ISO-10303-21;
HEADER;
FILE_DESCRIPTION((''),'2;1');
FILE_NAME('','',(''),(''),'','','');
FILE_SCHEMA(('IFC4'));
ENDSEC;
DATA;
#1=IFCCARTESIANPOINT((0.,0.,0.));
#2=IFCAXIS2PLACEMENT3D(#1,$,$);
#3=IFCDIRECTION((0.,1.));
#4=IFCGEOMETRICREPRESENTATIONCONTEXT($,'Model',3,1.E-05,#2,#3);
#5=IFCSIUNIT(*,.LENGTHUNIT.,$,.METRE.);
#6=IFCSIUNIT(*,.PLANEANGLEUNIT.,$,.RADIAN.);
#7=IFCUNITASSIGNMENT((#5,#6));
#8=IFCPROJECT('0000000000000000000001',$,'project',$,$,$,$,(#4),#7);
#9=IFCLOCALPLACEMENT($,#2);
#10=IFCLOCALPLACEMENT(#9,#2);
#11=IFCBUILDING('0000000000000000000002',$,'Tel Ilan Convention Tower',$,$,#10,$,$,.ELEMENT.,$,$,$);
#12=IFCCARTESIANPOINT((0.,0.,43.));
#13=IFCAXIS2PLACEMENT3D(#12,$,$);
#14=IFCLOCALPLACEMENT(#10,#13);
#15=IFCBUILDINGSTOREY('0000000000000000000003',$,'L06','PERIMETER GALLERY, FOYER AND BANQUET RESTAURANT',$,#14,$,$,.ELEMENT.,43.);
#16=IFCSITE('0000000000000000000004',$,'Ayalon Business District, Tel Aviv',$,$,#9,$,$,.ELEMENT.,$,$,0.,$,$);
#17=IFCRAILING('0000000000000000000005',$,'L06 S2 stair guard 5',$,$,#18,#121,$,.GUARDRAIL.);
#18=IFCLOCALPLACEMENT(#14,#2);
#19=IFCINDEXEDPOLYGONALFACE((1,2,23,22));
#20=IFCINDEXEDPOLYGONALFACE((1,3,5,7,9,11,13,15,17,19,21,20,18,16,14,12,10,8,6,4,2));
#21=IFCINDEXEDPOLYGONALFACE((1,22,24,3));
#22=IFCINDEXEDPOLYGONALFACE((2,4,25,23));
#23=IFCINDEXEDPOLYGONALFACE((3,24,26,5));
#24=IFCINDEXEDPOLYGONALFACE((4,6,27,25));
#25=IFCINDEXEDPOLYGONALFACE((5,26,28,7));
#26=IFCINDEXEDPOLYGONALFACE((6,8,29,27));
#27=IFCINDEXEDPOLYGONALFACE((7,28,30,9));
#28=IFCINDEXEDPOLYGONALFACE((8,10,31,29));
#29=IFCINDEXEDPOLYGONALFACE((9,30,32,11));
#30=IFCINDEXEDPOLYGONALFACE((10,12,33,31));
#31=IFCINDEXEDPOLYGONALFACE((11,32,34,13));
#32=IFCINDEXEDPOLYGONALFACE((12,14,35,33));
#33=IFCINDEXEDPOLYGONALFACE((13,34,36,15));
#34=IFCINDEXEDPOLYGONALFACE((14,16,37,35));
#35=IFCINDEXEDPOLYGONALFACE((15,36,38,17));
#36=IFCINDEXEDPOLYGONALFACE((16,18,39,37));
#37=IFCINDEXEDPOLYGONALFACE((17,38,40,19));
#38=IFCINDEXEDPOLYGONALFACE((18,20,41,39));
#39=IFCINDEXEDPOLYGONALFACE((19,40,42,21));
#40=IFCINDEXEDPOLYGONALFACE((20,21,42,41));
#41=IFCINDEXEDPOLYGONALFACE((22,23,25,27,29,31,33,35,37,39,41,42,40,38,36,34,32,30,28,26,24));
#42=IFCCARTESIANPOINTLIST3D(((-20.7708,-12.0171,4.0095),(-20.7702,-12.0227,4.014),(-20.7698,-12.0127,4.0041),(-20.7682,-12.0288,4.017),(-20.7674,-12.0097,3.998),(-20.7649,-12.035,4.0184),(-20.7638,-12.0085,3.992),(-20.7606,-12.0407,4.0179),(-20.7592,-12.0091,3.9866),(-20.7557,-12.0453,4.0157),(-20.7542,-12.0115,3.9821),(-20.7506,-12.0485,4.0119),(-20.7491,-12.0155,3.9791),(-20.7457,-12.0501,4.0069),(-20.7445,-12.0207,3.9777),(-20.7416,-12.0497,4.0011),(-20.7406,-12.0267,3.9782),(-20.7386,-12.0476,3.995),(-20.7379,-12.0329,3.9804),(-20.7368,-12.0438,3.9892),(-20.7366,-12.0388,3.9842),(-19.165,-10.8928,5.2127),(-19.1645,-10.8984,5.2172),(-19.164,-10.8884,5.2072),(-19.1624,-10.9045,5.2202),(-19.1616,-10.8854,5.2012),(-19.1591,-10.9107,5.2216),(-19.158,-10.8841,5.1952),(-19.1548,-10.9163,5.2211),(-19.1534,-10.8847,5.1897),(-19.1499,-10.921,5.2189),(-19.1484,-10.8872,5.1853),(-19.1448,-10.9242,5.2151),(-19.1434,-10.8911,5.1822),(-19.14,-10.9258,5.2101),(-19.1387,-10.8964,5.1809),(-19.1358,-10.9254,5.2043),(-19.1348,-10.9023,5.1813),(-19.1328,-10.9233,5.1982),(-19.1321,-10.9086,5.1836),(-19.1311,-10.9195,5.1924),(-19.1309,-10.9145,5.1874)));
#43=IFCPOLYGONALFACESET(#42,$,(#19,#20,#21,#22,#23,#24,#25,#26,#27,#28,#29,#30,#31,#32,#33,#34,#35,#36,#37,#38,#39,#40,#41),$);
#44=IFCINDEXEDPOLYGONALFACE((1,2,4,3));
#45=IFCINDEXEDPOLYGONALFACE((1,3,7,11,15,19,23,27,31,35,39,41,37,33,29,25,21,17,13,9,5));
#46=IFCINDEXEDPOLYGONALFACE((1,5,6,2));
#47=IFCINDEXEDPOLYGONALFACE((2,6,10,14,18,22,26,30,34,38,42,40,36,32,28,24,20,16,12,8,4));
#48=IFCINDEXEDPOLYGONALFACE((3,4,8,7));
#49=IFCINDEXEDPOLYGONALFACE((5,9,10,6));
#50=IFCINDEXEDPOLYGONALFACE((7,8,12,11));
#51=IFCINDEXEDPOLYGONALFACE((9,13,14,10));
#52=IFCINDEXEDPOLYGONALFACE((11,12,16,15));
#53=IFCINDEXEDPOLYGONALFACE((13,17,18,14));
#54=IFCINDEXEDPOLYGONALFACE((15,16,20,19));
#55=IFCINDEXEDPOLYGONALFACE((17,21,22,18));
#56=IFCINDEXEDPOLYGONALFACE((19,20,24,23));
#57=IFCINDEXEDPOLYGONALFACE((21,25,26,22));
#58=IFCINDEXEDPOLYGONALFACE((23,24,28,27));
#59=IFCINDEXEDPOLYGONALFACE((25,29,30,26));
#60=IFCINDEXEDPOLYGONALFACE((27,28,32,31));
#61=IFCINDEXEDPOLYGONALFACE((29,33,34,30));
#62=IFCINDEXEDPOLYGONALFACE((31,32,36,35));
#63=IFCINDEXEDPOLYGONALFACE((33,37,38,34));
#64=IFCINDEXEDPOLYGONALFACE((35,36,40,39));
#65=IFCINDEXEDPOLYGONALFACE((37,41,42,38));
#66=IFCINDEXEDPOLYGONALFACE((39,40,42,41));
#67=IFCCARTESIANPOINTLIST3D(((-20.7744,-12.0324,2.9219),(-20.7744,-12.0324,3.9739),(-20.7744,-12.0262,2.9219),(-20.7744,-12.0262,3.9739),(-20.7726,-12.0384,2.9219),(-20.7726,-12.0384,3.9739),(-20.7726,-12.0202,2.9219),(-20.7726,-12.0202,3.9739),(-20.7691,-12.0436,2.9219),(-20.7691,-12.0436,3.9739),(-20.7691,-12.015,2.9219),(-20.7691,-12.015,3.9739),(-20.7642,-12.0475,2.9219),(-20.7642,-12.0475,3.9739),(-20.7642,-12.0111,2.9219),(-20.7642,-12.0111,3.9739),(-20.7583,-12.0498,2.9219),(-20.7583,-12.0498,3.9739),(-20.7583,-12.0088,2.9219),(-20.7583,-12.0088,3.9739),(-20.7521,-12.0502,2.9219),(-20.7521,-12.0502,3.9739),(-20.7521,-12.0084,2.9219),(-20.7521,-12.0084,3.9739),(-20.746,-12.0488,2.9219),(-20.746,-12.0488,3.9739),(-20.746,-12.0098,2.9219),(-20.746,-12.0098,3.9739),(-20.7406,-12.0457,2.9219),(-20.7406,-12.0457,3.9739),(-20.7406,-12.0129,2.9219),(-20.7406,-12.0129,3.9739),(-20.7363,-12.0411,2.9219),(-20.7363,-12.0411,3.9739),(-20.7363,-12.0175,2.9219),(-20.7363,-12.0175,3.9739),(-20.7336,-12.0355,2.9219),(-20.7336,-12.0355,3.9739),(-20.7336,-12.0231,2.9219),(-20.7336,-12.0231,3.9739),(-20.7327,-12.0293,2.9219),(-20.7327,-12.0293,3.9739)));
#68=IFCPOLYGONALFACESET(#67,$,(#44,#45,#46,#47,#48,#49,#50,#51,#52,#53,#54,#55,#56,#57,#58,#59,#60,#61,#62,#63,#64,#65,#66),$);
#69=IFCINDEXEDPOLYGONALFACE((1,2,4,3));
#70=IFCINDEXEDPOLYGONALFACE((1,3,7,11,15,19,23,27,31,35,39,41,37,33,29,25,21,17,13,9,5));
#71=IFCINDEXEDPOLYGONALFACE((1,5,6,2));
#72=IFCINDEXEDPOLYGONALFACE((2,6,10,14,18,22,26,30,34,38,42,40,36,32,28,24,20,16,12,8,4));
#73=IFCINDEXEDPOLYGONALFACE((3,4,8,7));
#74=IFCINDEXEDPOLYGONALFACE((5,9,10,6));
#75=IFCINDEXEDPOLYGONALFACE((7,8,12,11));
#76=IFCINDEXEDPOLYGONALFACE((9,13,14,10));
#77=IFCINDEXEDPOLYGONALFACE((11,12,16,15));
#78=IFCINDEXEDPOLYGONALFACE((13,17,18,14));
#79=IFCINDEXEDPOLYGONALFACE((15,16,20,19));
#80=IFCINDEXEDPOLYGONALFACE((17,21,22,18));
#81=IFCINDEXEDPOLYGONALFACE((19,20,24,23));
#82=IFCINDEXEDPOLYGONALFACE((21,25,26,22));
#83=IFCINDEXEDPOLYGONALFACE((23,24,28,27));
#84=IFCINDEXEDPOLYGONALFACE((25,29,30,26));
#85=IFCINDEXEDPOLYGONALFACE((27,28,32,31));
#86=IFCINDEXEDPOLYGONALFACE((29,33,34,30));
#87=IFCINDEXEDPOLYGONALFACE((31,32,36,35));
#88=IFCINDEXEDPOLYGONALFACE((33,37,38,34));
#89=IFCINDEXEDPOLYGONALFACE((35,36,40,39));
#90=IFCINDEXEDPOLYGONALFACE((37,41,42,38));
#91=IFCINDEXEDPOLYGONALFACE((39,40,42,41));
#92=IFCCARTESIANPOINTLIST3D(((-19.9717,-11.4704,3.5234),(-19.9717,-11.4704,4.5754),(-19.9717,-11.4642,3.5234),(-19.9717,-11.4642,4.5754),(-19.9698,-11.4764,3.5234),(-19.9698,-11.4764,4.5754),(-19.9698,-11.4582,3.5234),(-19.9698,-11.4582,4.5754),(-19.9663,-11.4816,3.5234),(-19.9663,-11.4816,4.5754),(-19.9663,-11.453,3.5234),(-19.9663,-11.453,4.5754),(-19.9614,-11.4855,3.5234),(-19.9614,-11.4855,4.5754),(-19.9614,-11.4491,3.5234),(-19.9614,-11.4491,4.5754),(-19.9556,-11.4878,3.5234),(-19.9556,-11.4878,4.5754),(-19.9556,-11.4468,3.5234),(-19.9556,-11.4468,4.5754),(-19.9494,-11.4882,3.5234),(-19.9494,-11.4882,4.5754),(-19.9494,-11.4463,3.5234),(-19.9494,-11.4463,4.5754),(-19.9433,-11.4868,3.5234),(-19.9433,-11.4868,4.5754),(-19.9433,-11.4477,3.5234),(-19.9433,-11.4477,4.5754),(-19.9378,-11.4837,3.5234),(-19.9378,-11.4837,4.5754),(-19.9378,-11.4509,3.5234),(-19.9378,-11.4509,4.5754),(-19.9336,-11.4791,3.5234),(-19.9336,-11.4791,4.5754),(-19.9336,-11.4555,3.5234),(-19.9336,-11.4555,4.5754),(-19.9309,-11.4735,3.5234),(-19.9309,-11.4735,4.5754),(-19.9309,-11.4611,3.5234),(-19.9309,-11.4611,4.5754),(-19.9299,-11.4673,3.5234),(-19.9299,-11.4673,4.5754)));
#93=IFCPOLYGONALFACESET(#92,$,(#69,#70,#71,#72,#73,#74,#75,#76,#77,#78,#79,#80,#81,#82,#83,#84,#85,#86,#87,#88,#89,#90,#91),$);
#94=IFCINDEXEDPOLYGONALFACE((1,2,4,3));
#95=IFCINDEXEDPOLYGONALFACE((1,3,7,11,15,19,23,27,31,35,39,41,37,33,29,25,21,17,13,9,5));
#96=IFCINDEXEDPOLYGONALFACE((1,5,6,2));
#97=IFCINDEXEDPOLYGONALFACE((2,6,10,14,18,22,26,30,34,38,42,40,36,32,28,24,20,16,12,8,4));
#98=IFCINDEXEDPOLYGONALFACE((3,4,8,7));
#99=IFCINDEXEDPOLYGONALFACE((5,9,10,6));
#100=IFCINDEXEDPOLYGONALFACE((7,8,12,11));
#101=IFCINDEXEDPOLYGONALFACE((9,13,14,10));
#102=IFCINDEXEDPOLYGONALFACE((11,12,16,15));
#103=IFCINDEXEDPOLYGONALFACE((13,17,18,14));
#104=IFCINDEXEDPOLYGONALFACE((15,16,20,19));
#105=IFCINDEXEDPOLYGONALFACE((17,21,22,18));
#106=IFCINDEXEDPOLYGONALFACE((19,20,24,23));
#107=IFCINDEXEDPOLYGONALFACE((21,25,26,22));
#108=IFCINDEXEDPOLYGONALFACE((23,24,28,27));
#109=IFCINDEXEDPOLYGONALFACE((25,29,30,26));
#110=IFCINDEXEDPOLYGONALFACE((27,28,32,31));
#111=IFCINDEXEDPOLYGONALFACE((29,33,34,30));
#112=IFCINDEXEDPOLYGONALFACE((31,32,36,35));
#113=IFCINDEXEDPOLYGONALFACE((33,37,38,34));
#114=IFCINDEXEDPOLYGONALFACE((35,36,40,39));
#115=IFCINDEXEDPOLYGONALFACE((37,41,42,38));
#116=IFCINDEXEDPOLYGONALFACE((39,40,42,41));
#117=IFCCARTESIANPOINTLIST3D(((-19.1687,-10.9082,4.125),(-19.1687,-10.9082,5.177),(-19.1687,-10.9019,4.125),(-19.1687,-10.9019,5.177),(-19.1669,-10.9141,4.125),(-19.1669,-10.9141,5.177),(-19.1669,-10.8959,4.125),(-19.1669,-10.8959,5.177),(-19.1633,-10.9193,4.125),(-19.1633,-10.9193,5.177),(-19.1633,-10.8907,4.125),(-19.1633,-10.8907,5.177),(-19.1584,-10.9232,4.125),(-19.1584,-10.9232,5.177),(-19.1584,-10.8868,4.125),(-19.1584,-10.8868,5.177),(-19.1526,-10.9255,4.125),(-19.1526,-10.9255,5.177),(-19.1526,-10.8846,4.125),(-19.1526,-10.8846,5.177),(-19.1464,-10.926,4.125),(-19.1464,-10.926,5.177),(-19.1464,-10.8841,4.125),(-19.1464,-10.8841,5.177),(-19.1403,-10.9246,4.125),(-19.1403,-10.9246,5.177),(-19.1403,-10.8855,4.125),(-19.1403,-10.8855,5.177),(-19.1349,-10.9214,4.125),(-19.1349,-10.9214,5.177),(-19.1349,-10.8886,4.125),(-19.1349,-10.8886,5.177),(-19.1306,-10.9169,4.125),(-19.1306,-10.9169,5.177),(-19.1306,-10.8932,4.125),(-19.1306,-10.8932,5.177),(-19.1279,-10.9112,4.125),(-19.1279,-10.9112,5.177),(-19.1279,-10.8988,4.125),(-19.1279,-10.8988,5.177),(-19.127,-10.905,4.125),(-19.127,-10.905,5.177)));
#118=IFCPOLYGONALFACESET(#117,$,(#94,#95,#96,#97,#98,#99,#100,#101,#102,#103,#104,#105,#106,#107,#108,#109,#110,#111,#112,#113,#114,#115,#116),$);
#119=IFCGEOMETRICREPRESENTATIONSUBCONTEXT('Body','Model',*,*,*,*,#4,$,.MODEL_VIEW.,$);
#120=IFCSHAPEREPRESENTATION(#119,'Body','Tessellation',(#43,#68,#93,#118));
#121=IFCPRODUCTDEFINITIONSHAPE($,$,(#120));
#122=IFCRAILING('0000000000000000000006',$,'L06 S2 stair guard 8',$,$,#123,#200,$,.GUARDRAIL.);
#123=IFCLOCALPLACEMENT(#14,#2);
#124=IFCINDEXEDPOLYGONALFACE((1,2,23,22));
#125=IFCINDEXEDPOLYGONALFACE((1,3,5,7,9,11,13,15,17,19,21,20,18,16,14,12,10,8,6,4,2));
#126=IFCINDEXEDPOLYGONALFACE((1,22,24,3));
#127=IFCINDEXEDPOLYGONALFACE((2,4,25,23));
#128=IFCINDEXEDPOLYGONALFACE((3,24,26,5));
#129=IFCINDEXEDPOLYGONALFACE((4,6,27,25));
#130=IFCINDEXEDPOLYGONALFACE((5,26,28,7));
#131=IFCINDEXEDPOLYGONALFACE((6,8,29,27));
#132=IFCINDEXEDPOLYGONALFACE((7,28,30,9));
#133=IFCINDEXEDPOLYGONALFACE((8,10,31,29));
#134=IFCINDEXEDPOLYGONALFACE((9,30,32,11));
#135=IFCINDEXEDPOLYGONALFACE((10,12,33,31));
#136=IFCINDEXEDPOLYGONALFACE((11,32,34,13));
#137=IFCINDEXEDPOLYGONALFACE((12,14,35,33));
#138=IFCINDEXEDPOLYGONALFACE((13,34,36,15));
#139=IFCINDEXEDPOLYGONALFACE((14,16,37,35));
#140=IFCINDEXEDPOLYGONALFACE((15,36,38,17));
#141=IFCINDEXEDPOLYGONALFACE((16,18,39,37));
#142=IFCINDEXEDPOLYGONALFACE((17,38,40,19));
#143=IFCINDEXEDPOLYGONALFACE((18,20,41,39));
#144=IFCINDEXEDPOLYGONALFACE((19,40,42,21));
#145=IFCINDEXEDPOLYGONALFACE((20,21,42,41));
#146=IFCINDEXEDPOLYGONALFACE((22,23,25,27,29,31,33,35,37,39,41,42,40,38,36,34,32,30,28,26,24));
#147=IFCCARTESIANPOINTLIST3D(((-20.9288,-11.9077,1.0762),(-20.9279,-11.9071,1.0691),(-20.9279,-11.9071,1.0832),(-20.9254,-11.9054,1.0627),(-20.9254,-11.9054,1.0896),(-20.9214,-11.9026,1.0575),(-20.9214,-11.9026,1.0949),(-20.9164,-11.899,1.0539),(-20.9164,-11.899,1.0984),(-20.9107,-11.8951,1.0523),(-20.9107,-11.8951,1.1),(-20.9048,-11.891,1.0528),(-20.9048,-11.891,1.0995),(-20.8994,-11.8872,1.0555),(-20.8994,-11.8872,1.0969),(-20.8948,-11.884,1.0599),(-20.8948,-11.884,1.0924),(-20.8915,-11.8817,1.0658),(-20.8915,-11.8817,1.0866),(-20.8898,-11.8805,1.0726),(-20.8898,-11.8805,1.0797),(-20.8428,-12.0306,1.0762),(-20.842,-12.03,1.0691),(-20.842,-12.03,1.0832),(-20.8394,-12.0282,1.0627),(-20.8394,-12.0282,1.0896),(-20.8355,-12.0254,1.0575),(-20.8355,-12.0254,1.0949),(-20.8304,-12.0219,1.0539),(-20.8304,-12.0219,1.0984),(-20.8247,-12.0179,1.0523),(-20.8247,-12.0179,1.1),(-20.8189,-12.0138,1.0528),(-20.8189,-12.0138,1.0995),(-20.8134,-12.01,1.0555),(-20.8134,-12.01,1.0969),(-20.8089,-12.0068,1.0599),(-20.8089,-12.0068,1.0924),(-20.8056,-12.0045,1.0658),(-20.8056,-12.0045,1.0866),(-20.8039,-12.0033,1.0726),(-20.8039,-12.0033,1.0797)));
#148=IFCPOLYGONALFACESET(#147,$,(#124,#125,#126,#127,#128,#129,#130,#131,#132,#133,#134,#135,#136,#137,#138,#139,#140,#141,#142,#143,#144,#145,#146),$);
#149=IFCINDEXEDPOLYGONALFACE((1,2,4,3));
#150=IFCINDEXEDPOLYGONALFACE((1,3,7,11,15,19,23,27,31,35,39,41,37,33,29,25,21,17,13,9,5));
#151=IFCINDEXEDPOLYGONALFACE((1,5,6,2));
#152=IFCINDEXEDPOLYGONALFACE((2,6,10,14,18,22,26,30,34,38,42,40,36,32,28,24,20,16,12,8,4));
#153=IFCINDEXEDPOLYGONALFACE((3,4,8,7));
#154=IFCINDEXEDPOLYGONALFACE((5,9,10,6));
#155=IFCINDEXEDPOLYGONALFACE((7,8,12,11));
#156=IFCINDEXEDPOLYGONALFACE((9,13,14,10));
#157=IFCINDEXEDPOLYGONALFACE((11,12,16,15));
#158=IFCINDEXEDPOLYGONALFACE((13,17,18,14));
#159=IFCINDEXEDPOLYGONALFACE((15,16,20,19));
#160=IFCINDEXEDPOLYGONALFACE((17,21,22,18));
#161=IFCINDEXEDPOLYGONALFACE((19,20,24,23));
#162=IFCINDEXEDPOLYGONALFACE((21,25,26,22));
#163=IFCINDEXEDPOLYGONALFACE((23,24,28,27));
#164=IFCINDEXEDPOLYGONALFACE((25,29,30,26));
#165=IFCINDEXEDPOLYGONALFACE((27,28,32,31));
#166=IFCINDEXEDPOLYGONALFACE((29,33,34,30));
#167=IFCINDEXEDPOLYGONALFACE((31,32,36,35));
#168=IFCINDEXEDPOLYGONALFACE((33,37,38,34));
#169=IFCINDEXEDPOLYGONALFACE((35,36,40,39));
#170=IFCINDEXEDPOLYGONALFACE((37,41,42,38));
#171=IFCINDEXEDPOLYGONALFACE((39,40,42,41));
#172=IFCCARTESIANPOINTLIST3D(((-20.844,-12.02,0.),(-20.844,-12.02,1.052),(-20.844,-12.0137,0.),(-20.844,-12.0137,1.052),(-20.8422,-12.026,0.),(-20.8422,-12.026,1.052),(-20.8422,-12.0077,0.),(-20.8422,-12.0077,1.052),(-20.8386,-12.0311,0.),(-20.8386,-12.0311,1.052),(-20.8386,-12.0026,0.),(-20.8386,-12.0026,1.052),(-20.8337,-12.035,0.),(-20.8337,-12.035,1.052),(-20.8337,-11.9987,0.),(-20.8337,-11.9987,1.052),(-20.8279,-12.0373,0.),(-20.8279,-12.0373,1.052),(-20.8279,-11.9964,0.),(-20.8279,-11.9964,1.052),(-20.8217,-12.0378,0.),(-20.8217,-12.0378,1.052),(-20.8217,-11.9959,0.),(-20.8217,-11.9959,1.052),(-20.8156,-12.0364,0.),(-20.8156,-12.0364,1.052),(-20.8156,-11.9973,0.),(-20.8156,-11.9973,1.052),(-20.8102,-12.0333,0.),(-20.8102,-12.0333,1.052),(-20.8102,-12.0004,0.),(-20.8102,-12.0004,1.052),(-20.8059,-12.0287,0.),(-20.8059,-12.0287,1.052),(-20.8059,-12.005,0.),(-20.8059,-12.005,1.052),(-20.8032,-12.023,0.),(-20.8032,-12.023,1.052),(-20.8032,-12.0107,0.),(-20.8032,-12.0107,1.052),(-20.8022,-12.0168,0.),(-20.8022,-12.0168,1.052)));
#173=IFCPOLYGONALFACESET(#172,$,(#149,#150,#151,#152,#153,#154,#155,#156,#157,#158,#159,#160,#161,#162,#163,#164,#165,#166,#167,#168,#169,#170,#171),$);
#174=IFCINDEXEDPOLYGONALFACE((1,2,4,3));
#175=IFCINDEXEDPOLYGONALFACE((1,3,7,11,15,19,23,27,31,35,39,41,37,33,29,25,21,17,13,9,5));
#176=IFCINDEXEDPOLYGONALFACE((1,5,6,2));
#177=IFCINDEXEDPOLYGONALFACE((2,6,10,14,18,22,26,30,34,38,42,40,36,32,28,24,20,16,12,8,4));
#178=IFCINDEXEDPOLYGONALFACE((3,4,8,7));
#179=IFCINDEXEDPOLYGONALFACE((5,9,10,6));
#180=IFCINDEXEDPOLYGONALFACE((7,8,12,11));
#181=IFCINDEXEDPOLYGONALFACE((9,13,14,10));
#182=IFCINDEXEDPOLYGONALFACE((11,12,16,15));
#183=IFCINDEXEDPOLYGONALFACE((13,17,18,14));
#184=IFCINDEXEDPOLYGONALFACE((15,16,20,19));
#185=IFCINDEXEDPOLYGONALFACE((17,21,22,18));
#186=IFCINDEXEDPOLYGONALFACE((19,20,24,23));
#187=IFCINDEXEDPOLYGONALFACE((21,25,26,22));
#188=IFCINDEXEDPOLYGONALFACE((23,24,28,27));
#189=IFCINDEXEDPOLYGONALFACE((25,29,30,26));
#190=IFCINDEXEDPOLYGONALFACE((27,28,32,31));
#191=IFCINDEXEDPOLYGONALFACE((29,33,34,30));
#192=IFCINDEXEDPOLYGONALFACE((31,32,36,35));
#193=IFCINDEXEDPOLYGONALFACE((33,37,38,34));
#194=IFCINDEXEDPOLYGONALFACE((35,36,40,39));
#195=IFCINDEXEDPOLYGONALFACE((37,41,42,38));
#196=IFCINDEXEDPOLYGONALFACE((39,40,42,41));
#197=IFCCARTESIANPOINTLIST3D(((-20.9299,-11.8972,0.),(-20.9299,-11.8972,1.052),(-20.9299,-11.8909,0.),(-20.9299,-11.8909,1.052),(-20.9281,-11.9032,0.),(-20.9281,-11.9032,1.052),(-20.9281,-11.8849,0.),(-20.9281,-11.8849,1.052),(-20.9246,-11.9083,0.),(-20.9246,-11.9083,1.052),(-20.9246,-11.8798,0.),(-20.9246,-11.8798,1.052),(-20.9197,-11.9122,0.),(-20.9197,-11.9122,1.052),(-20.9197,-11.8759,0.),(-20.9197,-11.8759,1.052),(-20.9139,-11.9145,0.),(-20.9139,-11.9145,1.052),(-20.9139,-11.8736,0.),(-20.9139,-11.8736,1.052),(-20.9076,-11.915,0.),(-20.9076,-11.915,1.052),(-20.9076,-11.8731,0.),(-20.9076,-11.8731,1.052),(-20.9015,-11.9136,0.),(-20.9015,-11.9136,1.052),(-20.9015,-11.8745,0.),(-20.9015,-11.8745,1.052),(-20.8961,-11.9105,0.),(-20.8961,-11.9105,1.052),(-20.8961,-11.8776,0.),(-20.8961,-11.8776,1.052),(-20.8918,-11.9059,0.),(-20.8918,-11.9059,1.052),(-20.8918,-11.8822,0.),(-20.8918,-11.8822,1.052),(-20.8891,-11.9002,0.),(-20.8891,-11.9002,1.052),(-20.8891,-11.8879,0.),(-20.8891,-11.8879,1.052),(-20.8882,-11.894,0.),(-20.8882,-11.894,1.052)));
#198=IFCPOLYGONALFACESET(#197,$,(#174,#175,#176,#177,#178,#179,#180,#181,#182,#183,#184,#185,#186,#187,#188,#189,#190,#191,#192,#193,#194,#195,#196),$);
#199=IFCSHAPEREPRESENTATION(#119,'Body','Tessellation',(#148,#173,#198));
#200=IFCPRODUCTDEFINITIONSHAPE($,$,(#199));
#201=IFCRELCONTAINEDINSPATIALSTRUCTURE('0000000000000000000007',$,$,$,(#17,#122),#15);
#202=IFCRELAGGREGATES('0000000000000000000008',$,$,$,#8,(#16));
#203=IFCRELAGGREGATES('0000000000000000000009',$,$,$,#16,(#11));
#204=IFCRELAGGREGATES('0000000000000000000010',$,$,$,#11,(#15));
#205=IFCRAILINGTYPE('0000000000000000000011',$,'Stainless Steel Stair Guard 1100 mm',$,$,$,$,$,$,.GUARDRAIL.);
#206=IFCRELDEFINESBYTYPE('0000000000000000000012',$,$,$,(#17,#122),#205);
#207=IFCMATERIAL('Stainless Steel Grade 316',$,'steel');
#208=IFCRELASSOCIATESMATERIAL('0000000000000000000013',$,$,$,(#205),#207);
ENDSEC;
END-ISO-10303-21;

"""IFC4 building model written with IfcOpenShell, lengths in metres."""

from ifc_helpers import new_model, si_unit, direction, frame, origin, origin_2d, place, context, subcontext, project, spatial, circle, extrude, material, type_object, element, save


model = new_model("IFC4")

# Units and contexts
model_context = context("Model", 3, precision=1e-05, world=origin(), true_north=direction((0.0, 1.0)))
body_context = subcontext(model_context, "Body", "Model", "MODEL_VIEW")
ifc_project = project(units=[si_unit("LENGTHUNIT", "METRE"), si_unit("PLANEANGLEUNIT", "RADIAN")], contexts=[model_context])

# Site, building, storey
site_placement = place(None, origin())
site = spatial("IfcSite", under=ifc_project, at=site_placement, Name="Ayalon Business District, Tel Aviv", CompositionType="ELEMENT", RefElevation=0.0)
building_placement = place(site_placement, origin())
building = spatial("IfcBuilding", under=site, at=building_placement, Name="Tel Ilan Convention Tower", CompositionType="ELEMENT")
storey_placement = place(building_placement, frame((0.0, 0.0, 43.0)))
storey = spatial("IfcBuildingStorey", under=building, at=storey_placement, Name="L06", Description="PERIMETER GALLERY, FOYER AND BANQUET RESTAURANT", CompositionType="ELEMENT", Elevation=43.0)

# Railings
ifc_material_1 = material(Name="Stainless Steel Grade 316", Category="steel")
railing_type_1 = type_object("IfcRailingType", Name="Stainless Steel Stair Guard 1100 mm", PredefinedType="GUARDRAIL", material=ifc_material_1)
railing_1_placement = place(storey_placement, frame((-20.7537, -12.0293, 2.9219)))
element("IfcRailing", 1, at=railing_1_placement, inside=storey, type_object=railing_type_1, Name="L06 S2 stair guard 5", PredefinedType="GUARDRAIL", context=body_context, shape_type="SweptSolid", body=[
    extrude(circle(Radius=0.0239, at=origin_2d()), frame((0.0, 0.0, 1.0762), z_axis=(0.698149, 0.488821, 0.523108), x_axis=(-0.573554, 0.819168, 0.0)), (0.0, 0.0, 1.0), 2.3),
    extrude(circle(Radius=0.021, at=origin_2d()), origin(), (0.0, 0.0, 1.0), 1.052),
    extrude(circle(Radius=0.021, at=origin_2d()), frame((0.8027, 0.562, 0.6016)), (0.0, 0.0, 1.0), 1.052),
    extrude(circle(Radius=0.021, at=origin_2d()), frame((1.6057, 1.1243, 1.2031)), (0.0, 0.0, 1.0), 1.052),
])
railing_2_placement = place(storey_placement, frame((-20.8232, -12.0168, 0.0)))
element("IfcRailing", 2, at=railing_2_placement, inside=storey, type_object=railing_type_1, Name="L06 S2 stair guard 8", PredefinedType="GUARDRAIL", context=body_context, shape_type="SweptSolid", body=[
    extrude(circle(Radius=0.0239, at=origin_2d()), frame((0.0, 0.0, 1.0762), z_axis=(-0.573353, 0.819308, 0.0), x_axis=(-0.819308, -0.573353, 0.0)), (0.0, 0.0, 1.0), 0.1499),
    extrude(circle(Radius=0.021, at=origin_2d()), origin(), (0.0, 0.0, 1.0), 1.052),
    extrude(circle(Radius=0.021, at=origin_2d()), frame((-0.0859, 0.1228, 0.0)), (0.0, 0.0, 1.0), 1.052),
])

save(model, "model.ifc")
